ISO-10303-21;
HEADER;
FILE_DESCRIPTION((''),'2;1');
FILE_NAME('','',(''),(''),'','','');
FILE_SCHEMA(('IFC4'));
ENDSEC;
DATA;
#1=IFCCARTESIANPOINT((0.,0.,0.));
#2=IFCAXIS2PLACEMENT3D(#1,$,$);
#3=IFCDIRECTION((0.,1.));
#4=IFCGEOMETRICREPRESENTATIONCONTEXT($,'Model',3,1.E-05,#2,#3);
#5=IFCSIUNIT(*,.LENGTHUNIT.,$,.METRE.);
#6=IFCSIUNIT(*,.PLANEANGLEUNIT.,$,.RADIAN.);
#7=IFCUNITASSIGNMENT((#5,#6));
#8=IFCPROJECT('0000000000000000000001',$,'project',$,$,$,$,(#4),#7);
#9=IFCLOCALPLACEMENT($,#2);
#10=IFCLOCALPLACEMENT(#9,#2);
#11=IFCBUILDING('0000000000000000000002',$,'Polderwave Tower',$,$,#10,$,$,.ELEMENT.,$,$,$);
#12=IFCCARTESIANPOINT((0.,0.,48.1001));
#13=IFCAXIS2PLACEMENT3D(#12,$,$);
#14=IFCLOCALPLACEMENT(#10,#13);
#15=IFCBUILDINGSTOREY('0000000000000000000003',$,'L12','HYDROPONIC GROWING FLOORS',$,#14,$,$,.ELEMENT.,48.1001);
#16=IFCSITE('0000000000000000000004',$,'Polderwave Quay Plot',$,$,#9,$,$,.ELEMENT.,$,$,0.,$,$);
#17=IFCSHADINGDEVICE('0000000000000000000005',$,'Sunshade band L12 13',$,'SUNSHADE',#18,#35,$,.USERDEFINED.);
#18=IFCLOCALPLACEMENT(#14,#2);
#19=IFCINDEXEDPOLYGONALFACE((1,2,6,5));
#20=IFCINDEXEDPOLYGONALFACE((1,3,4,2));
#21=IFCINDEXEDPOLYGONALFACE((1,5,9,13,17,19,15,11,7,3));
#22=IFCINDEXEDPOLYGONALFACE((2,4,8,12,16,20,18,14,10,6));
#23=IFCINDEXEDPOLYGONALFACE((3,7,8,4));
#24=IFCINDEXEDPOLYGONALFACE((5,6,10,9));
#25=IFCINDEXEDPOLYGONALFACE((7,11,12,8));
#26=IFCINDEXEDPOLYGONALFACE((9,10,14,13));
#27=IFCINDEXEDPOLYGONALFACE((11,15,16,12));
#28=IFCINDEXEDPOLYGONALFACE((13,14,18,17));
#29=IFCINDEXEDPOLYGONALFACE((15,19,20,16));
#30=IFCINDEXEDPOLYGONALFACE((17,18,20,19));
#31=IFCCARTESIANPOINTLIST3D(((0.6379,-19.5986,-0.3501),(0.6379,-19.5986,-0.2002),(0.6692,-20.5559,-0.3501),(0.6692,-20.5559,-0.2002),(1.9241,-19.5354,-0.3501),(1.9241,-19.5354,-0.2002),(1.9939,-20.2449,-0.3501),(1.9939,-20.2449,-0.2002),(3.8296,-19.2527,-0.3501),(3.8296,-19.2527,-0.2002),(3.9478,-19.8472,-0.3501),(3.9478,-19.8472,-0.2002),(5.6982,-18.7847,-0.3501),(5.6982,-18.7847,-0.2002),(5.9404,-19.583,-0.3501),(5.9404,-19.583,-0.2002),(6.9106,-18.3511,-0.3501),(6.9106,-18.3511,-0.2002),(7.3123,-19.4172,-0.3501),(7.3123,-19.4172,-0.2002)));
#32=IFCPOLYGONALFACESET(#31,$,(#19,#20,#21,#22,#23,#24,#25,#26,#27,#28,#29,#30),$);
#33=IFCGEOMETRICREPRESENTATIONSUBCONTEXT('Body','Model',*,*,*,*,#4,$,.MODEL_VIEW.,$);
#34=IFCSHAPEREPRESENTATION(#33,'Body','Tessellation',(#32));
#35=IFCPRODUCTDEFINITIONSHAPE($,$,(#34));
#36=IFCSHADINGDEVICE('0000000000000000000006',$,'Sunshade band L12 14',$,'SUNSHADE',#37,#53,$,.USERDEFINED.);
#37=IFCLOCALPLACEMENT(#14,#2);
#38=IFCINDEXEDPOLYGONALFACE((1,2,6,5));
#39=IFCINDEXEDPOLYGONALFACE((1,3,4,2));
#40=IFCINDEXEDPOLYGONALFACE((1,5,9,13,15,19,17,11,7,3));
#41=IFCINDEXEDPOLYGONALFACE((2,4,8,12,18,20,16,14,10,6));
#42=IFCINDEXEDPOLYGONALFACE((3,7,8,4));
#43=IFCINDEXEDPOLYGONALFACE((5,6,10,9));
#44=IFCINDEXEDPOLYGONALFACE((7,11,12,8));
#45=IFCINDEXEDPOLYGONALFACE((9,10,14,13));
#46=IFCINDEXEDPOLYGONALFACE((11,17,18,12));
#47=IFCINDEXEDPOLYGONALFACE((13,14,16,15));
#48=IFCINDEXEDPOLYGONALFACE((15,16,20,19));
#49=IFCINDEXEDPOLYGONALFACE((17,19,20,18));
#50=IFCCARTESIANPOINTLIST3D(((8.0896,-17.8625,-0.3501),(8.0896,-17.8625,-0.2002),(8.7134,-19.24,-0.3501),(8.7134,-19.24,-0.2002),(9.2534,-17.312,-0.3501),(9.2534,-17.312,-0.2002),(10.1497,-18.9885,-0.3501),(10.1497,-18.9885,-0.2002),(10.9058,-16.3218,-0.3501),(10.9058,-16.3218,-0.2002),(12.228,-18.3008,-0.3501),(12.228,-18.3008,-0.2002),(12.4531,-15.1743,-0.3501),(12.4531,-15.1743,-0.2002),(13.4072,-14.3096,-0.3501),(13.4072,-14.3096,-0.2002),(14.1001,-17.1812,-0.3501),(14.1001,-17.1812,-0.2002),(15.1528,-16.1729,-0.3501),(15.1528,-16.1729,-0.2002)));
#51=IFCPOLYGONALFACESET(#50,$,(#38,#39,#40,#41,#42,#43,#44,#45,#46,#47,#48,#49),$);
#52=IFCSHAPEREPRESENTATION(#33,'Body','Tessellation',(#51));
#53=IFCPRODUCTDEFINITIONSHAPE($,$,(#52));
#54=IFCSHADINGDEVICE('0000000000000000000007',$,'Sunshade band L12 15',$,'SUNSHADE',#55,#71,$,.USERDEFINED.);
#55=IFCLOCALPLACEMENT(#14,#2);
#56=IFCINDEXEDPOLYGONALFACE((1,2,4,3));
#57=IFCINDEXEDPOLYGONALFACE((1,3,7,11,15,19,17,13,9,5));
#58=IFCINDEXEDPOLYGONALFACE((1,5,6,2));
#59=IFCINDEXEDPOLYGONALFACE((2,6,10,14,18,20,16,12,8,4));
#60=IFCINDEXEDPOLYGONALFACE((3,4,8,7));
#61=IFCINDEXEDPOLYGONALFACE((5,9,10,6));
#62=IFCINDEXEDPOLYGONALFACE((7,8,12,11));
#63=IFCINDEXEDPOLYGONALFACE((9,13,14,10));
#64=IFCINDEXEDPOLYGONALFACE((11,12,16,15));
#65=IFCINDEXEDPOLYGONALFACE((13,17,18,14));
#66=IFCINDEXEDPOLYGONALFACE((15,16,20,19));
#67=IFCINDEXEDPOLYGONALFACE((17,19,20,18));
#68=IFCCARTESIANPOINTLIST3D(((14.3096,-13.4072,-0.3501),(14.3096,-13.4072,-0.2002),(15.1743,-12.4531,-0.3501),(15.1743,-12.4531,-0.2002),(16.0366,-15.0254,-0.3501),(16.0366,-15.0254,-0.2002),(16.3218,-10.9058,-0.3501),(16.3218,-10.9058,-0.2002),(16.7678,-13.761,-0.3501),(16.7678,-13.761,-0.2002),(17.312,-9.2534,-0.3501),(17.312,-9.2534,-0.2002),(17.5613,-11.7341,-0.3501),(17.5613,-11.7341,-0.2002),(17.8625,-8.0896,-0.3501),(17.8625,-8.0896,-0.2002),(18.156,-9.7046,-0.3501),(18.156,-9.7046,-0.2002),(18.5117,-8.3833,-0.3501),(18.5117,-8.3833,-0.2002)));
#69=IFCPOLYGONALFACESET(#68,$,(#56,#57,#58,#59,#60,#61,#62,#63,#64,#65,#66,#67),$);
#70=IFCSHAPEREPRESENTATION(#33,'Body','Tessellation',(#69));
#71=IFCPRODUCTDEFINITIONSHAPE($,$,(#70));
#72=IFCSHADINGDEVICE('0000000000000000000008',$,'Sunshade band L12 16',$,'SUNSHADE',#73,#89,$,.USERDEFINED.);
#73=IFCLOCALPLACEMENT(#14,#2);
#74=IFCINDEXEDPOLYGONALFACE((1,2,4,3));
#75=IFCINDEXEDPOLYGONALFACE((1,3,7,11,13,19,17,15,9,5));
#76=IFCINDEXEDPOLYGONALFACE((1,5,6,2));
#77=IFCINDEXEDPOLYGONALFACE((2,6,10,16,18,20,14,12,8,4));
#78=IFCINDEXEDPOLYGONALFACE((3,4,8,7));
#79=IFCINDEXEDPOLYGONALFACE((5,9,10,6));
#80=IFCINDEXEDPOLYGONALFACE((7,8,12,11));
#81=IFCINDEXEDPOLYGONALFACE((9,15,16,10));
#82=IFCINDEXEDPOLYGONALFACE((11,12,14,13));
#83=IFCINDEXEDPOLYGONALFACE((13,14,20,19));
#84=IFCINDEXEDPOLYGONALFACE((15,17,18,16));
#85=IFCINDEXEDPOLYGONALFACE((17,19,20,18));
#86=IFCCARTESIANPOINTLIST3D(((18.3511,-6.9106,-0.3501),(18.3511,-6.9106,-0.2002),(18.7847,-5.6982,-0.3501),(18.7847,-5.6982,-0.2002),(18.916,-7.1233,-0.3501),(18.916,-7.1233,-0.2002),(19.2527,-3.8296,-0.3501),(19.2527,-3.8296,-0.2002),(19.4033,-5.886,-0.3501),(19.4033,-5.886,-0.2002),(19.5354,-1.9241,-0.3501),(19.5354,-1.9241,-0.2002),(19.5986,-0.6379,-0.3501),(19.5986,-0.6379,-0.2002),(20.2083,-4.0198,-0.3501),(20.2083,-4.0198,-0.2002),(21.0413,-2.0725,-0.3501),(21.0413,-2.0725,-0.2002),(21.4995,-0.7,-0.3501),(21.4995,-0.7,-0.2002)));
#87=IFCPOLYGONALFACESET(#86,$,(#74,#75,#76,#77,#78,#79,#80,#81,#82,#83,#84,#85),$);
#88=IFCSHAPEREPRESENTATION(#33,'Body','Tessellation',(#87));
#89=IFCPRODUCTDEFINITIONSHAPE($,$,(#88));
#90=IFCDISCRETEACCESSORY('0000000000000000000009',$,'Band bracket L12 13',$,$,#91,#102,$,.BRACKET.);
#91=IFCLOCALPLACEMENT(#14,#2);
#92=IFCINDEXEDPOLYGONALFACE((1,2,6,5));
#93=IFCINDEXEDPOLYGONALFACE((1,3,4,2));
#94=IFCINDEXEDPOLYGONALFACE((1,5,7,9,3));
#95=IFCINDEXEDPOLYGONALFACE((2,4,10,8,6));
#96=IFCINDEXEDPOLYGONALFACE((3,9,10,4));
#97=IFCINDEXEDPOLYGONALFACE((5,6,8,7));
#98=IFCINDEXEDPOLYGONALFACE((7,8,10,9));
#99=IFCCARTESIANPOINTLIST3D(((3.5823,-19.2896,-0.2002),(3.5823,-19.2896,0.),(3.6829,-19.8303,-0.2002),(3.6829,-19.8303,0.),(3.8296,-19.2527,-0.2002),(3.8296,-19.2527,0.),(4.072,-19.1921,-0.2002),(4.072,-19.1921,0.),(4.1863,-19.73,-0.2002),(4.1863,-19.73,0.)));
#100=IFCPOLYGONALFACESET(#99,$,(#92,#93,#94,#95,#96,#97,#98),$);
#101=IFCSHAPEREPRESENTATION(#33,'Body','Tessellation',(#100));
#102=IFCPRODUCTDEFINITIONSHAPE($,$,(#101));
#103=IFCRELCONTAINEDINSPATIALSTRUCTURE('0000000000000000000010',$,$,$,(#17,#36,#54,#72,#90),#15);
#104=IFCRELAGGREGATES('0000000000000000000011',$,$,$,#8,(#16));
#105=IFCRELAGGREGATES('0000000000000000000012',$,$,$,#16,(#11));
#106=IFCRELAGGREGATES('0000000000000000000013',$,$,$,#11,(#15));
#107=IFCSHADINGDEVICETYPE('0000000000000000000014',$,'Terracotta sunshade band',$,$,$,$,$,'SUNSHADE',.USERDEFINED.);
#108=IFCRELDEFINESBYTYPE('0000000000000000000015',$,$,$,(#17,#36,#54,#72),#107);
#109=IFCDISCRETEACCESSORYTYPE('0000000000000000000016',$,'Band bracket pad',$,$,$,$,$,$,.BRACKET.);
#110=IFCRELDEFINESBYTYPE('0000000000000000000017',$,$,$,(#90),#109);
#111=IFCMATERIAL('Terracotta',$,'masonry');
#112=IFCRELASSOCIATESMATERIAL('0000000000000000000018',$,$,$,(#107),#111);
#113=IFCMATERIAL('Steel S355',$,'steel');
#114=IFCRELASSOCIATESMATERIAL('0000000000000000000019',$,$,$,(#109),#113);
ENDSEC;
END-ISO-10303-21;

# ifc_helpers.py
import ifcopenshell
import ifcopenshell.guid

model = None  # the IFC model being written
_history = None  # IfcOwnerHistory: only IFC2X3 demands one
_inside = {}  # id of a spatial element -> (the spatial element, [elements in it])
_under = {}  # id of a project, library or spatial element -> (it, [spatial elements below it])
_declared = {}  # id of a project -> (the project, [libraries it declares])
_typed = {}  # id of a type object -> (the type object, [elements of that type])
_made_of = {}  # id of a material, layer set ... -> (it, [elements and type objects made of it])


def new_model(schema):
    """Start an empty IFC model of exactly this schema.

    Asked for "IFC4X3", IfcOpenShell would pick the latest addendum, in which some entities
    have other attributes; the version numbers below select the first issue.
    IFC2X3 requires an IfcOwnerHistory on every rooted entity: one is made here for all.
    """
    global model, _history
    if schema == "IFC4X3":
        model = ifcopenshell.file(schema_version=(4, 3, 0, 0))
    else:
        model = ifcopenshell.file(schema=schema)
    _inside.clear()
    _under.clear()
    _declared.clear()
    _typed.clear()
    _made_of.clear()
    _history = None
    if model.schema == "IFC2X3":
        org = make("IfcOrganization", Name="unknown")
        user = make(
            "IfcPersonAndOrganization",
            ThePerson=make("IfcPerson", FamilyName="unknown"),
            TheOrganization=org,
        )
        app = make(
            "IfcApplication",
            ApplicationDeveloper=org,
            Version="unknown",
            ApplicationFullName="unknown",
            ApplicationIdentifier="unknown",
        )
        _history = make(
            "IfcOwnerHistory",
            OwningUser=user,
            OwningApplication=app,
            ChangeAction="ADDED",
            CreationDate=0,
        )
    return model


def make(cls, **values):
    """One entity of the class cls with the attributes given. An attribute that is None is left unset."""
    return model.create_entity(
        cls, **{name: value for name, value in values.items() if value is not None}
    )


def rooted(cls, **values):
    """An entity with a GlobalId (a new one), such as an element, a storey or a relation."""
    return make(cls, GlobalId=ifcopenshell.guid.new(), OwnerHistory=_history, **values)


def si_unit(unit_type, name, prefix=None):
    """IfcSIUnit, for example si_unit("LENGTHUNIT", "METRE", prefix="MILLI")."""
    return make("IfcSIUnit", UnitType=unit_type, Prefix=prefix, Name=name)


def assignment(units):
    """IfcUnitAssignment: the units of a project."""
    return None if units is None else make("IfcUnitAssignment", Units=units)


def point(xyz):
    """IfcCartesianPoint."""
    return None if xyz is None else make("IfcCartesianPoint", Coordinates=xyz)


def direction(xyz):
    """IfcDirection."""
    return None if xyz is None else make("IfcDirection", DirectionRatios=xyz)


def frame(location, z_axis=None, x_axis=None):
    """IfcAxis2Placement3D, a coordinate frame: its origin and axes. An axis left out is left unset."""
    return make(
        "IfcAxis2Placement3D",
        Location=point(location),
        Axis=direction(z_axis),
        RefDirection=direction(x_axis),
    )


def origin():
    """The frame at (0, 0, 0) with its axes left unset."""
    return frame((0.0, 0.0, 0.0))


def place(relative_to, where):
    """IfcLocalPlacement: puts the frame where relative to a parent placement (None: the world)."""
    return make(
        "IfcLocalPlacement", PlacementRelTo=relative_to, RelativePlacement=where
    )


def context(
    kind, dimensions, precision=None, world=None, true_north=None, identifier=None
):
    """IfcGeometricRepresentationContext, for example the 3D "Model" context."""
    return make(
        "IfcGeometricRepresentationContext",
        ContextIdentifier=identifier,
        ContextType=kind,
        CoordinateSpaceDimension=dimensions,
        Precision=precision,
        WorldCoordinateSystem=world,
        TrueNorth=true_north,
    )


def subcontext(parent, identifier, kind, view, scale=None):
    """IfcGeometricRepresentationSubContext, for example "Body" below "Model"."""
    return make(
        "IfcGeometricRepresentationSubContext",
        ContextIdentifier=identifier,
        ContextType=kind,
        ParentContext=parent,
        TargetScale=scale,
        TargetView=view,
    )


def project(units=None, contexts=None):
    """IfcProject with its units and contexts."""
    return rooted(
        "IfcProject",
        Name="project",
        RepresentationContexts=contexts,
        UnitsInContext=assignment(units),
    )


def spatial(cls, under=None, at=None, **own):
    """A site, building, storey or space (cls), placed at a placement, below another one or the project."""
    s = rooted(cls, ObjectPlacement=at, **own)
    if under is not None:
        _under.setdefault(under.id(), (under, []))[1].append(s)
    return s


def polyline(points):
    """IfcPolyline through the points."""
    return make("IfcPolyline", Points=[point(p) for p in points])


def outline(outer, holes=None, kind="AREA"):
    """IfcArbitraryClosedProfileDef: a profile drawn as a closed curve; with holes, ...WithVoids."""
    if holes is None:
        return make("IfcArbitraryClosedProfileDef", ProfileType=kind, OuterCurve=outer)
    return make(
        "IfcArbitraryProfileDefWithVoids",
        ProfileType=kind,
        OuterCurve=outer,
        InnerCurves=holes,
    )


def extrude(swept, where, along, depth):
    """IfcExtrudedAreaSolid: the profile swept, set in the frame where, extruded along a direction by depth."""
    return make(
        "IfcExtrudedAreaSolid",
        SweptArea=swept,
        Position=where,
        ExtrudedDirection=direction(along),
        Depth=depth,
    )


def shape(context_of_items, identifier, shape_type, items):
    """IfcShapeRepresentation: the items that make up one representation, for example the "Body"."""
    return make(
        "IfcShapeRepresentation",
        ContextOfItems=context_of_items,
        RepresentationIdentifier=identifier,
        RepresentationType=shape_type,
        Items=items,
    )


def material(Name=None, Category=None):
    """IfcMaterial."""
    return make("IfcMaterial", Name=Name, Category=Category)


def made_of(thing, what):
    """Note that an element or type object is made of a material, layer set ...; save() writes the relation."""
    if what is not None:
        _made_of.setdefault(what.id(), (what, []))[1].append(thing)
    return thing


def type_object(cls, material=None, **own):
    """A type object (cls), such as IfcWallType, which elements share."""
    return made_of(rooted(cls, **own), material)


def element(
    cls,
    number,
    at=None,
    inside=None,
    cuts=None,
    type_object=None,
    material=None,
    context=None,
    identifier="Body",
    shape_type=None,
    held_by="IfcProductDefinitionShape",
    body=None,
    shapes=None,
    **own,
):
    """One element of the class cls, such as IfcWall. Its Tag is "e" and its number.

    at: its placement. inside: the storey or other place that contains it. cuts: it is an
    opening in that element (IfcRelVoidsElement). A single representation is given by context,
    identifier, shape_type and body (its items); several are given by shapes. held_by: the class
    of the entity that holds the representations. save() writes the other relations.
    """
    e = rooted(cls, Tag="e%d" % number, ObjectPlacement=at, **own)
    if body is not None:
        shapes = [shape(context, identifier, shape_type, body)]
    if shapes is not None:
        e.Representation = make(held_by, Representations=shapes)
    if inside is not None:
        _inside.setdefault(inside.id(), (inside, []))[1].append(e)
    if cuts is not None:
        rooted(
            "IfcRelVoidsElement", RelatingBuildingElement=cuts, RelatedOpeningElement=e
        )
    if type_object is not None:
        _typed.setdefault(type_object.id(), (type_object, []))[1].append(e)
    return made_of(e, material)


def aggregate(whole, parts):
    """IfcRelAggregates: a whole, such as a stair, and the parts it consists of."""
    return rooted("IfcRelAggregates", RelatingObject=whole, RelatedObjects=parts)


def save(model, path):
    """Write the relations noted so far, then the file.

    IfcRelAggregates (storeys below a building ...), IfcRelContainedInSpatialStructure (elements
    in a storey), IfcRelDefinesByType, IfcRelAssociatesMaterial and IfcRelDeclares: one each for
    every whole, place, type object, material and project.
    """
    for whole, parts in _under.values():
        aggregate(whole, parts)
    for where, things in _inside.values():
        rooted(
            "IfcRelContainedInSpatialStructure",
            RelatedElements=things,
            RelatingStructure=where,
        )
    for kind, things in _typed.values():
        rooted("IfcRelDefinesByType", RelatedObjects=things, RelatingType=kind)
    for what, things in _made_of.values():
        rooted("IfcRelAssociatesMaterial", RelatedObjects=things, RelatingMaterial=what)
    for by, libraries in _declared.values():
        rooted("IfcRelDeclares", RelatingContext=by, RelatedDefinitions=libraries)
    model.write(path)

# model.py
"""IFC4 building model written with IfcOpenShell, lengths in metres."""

from ifc_helpers import new_model, si_unit, direction, frame, origin, place, context, subcontext, project, spatial, polyline, outline, extrude, material, type_object, element, save


model = new_model("IFC4")

# Units and contexts
model_context = context("Model", 3, precision=1e-05, world=origin(), true_north=direction((0.0, 1.0)))
body_context = subcontext(model_context, "Body", "Model", "MODEL_VIEW")
ifc_project = project(units=[si_unit("LENGTHUNIT", "METRE"), si_unit("PLANEANGLEUNIT", "RADIAN")], contexts=[model_context])

# Site, building, storey
site_placement = place(None, origin())
site = spatial("IfcSite", under=ifc_project, at=site_placement, Name="Polderwave Quay Plot", CompositionType="ELEMENT", RefElevation=0.0)
building_placement = place(site_placement, origin())
building = spatial("IfcBuilding", under=site, at=building_placement, Name="Polderwave Tower", CompositionType="ELEMENT")
storey_placement = place(building_placement, frame((0.0, 0.0, 48.1001)))
storey = spatial("IfcBuildingStorey", under=building, at=storey_placement, Name="L12", Description="HYDROPONIC GROWING FLOORS", CompositionType="ELEMENT", Elevation=48.1001)

# Shading devices
ifc_material_1 = material(Name="Terracotta", Category="masonry")
shading_device_type = type_object("IfcShadingDeviceType", Name="Terracotta sunshade band", ElementType="SUNSHADE", PredefinedType="USERDEFINED", material=ifc_material_1)
shading_device_1_placement = place(storey_placement, frame((0.0, 0.0, -0.3501)))
element("IfcShadingDevice", 1, at=shading_device_1_placement, inside=storey, type_object=shading_device_type, Name="Sunshade band L12 13", ObjectType="SUNSHADE", PredefinedType="USERDEFINED", context=body_context, shape_type="SweptSolid", body=[
    extrude(outline(polyline([(0.6379, -19.5986), (1.9241, -19.5354), (3.8296, -19.2527), (5.6982, -18.7847), (6.9106, -18.3511), (7.3123, -19.4172), (5.9404, -19.583), (3.9478, -19.8472), (1.9939, -20.2449), (0.6692, -20.5559), (0.6379, -19.5986)])), origin(), (0.0, 0.0, 1.0), 0.1499),
])
shading_device_2_placement = place(storey_placement, frame((0.0, 0.0, -0.3501)))
element("IfcShadingDevice", 2, at=shading_device_2_placement, inside=storey, type_object=shading_device_type, Name="Sunshade band L12 14", ObjectType="SUNSHADE", PredefinedType="USERDEFINED", context=body_context, shape_type="SweptSolid", body=[
    extrude(outline(polyline([(8.0896, -17.8625), (9.2534, -17.312), (10.9058, -16.3218), (12.4531, -15.1743), (13.4072, -14.3096), (15.1528, -16.1729), (14.1001, -17.1812), (12.228, -18.3008), (10.1497, -18.9885), (8.7134, -19.24), (8.0896, -17.8625)])), origin(), (0.0, 0.0, 1.0), 0.1499),
])
shading_device_3_placement = place(storey_placement, frame((0.0, 0.0, -0.3501)))
element("IfcShadingDevice", 3, at=shading_device_3_placement, inside=storey, type_object=shading_device_type, Name="Sunshade band L12 15", ObjectType="SUNSHADE", PredefinedType="USERDEFINED", context=body_context, shape_type="SweptSolid", body=[
    extrude(outline(polyline([(14.3096, -13.4072), (15.1743, -12.4531), (16.3218, -10.9058), (17.312, -9.2534), (17.8625, -8.0896), (18.5117, -8.3833), (18.156, -9.7046), (17.5613, -11.7341), (16.7678, -13.761), (16.0366, -15.0254), (14.3096, -13.4072)])), origin(), (0.0, 0.0, 1.0), 0.1499),
])
shading_device_4_placement = place(storey_placement, frame((0.0, 0.0, -0.3501)))
element("IfcShadingDevice", 4, at=shading_device_4_placement, inside=storey, type_object=shading_device_type, Name="Sunshade band L12 16", ObjectType="SUNSHADE", PredefinedType="USERDEFINED", context=body_context, shape_type="SweptSolid", body=[
    extrude(outline(polyline([(18.3511, -6.9106), (18.7847, -5.6982), (19.2527, -3.8296), (19.5354, -1.9241), (19.5986, -0.6379), (21.4995, -0.7), (21.0413, -2.0725), (20.2083, -4.0198), (19.4033, -5.886), (18.916, -7.1233), (18.3511, -6.9106)])), origin(), (0.0, 0.0, 1.0), 0.1499),
])

# Discrete accessory
ifc_material_2 = material(Name="Steel S355", Category="steel")
discrete_accessory_type = type_object("IfcDiscreteAccessoryType", Name="Band bracket pad", PredefinedType="BRACKET", material=ifc_material_2)
discrete_accessory_placement = place(storey_placement, frame((0.0, 0.0, -0.2002)))
element("IfcDiscreteAccessory", 5, at=discrete_accessory_placement, inside=storey, type_object=discrete_accessory_type, Name="Band bracket L12 13", PredefinedType="BRACKET", context=body_context, shape_type="SweptSolid", body=[
    extrude(outline(polyline([(3.5823, -19.2896), (3.8296, -19.2527), (4.072, -19.1921), (4.1863, -19.73), (3.6829, -19.8303), (3.5823, -19.2896)])), origin(), (0.0, 0.0, 1.0), 0.2002),
])

save(model, "model.ifc")
